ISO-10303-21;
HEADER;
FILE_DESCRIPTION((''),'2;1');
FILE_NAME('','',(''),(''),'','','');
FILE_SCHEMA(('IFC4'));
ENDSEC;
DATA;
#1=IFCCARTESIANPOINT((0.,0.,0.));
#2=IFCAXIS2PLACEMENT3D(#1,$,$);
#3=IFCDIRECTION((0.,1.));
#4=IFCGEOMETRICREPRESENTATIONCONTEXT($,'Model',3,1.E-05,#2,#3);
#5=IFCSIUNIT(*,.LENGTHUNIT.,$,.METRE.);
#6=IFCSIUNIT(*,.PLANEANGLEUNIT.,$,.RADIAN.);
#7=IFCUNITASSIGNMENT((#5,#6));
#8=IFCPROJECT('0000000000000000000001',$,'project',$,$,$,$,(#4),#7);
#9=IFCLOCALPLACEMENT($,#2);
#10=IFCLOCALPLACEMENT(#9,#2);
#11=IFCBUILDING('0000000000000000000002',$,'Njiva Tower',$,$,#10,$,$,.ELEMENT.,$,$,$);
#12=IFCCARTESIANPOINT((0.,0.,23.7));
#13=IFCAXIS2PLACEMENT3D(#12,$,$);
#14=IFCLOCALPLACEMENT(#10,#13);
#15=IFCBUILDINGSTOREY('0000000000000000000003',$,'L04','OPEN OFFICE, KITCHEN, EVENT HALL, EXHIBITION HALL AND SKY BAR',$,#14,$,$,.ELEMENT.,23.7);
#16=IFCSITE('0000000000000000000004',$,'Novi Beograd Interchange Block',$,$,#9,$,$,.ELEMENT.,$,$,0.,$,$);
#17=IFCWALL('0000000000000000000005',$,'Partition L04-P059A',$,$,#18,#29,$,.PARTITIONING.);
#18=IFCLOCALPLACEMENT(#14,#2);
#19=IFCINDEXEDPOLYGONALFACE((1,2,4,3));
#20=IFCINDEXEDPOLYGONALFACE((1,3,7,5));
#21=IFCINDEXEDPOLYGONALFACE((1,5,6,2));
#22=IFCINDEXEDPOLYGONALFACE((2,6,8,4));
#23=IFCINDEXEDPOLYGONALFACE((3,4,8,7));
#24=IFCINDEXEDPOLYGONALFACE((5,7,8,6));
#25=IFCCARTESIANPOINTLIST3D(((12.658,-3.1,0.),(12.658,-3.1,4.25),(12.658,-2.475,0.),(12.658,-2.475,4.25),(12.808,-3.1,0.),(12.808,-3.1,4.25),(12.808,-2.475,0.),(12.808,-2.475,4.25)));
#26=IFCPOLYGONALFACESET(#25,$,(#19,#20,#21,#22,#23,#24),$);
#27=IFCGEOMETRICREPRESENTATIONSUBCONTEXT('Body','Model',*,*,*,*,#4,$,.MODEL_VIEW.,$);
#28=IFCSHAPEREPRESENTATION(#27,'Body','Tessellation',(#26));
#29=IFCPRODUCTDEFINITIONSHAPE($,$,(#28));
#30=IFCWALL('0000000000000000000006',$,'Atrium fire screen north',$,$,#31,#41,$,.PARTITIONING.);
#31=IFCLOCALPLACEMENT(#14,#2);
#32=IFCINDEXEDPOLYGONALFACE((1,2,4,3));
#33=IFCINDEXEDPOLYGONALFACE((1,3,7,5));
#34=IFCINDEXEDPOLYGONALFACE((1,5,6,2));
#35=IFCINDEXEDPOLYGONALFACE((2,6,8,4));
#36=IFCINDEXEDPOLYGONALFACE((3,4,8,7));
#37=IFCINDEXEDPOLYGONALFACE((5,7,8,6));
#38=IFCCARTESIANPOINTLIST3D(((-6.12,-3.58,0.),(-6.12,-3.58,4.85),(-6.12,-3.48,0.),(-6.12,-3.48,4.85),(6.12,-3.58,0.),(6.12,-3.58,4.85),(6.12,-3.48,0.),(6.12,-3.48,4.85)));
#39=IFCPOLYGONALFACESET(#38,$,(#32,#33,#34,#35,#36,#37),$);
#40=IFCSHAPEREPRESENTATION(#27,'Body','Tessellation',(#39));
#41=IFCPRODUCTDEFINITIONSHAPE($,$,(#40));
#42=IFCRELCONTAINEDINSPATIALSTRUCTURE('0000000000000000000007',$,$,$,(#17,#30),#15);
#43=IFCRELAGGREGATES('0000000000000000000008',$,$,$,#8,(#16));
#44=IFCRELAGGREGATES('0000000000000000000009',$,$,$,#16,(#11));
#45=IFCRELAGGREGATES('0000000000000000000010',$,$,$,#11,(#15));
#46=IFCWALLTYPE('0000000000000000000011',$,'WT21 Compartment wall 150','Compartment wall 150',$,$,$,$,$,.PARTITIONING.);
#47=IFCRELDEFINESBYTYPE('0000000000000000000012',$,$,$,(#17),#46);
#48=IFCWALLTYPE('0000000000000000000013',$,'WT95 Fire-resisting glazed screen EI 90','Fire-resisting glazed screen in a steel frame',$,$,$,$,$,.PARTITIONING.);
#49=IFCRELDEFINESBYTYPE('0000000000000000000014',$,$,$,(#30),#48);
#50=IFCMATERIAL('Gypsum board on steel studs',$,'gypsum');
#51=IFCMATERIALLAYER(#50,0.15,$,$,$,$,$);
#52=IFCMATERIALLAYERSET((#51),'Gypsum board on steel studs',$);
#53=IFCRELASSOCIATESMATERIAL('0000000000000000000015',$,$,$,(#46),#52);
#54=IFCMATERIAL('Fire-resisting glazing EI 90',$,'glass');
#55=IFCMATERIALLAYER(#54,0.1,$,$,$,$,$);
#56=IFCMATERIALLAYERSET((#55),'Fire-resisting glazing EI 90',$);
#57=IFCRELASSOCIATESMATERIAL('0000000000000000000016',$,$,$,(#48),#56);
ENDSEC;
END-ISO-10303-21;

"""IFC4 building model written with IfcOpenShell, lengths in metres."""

from ifc_helpers import new_model, si_unit, direction, frame, frame_2d, origin, place, context, subcontext, project, spatial, rectangle, extrude, material, layer, layer_set, type_object, element, save


model = new_model("IFC4")

# Units and contexts
model_context = context("Model", 3, precision=1e-05, world=origin(), true_north=direction((0.0, 1.0)))
body_context = subcontext(model_context, "Body", "Model", "MODEL_VIEW")
ifc_project = project(units=[si_unit("LENGTHUNIT", "METRE"), si_unit("PLANEANGLEUNIT", "RADIAN")], contexts=[model_context])

# Site, building, storey
site_placement = place(None, origin())
site = spatial("IfcSite", under=ifc_project, at=site_placement, Name="Novi Beograd Interchange Block", CompositionType="ELEMENT", RefElevation=0.0)
building_placement = place(site_placement, origin())
building = spatial("IfcBuilding", under=site, at=building_placement, Name="Njiva Tower", CompositionType="ELEMENT")
storey_placement = place(building_placement, frame((0.0, 0.0, 23.7)))
storey = spatial("IfcBuildingStorey", under=building, at=storey_placement, Name="L04", Description="OPEN OFFICE, KITCHEN, EVENT HALL, EXHIBITION HALL AND SKY BAR", CompositionType="ELEMENT", Elevation=23.7)

# Shared definitions
ifc_material_1 = material(Name="Gypsum board on steel studs", Category="gypsum")
ifc_layer_1 = layer(ifc_material_1, 0.15)
ifc_layer_set_1 = layer_set([ifc_layer_1], Name="Gypsum board on steel studs")
wall_type_1 = type_object("IfcWallType", Name="WT21 Compartment wall 150", Description="Compartment wall 150", PredefinedType="PARTITIONING", material=ifc_layer_set_1)

# Walls
wall_1_placement = place(storey_placement, frame((12.733, -3.1, 0.0), z_axis=(0.0, 0.0, 1.0), x_axis=(0.0, 1.0, 0.0)))
element("IfcWall", 1, at=wall_1_placement, inside=storey, type_object=wall_type_1, Name="Partition L04-P059A", PredefinedType="PARTITIONING", context=body_context, shape_type="SweptSolid", body=[
    extrude(rectangle(XDim=0.625, YDim=0.15, at=frame_2d((0.3125, 0.0))), origin(), (0.0, 0.0, 1.0), 4.25),
])
ifc_material_2 = material(Name="Fire-resisting glazing EI 90", Category="glass")
ifc_layer_2 = layer(ifc_material_2, 0.1)
ifc_layer_set_2 = layer_set([ifc_layer_2], Name="Fire-resisting glazing EI 90")
wall_type_2 = type_object("IfcWallType", Name="WT95 Fire-resisting glazed screen EI 90", Description="Fire-resisting glazed screen in a steel frame", PredefinedType="PARTITIONING", material=ifc_layer_set_2)
wall_2_placement = place(storey_placement, frame((6.12, -3.53, 0.0), z_axis=(0.0, 0.0, 1.0), x_axis=(-1.0, 0.0, 0.0)))
element("IfcWall", 2, at=wall_2_placement, inside=storey, type_object=wall_type_2, Name="Atrium fire screen north", PredefinedType="PARTITIONING", context=body_context, shape_type="SweptSolid", body=[
    extrude(rectangle(XDim=12.24, YDim=0.1, at=frame_2d((6.12, 0.0))), origin(), (0.0, 0.0, 1.0), 4.85),
])

save(model, "model.ifc")
